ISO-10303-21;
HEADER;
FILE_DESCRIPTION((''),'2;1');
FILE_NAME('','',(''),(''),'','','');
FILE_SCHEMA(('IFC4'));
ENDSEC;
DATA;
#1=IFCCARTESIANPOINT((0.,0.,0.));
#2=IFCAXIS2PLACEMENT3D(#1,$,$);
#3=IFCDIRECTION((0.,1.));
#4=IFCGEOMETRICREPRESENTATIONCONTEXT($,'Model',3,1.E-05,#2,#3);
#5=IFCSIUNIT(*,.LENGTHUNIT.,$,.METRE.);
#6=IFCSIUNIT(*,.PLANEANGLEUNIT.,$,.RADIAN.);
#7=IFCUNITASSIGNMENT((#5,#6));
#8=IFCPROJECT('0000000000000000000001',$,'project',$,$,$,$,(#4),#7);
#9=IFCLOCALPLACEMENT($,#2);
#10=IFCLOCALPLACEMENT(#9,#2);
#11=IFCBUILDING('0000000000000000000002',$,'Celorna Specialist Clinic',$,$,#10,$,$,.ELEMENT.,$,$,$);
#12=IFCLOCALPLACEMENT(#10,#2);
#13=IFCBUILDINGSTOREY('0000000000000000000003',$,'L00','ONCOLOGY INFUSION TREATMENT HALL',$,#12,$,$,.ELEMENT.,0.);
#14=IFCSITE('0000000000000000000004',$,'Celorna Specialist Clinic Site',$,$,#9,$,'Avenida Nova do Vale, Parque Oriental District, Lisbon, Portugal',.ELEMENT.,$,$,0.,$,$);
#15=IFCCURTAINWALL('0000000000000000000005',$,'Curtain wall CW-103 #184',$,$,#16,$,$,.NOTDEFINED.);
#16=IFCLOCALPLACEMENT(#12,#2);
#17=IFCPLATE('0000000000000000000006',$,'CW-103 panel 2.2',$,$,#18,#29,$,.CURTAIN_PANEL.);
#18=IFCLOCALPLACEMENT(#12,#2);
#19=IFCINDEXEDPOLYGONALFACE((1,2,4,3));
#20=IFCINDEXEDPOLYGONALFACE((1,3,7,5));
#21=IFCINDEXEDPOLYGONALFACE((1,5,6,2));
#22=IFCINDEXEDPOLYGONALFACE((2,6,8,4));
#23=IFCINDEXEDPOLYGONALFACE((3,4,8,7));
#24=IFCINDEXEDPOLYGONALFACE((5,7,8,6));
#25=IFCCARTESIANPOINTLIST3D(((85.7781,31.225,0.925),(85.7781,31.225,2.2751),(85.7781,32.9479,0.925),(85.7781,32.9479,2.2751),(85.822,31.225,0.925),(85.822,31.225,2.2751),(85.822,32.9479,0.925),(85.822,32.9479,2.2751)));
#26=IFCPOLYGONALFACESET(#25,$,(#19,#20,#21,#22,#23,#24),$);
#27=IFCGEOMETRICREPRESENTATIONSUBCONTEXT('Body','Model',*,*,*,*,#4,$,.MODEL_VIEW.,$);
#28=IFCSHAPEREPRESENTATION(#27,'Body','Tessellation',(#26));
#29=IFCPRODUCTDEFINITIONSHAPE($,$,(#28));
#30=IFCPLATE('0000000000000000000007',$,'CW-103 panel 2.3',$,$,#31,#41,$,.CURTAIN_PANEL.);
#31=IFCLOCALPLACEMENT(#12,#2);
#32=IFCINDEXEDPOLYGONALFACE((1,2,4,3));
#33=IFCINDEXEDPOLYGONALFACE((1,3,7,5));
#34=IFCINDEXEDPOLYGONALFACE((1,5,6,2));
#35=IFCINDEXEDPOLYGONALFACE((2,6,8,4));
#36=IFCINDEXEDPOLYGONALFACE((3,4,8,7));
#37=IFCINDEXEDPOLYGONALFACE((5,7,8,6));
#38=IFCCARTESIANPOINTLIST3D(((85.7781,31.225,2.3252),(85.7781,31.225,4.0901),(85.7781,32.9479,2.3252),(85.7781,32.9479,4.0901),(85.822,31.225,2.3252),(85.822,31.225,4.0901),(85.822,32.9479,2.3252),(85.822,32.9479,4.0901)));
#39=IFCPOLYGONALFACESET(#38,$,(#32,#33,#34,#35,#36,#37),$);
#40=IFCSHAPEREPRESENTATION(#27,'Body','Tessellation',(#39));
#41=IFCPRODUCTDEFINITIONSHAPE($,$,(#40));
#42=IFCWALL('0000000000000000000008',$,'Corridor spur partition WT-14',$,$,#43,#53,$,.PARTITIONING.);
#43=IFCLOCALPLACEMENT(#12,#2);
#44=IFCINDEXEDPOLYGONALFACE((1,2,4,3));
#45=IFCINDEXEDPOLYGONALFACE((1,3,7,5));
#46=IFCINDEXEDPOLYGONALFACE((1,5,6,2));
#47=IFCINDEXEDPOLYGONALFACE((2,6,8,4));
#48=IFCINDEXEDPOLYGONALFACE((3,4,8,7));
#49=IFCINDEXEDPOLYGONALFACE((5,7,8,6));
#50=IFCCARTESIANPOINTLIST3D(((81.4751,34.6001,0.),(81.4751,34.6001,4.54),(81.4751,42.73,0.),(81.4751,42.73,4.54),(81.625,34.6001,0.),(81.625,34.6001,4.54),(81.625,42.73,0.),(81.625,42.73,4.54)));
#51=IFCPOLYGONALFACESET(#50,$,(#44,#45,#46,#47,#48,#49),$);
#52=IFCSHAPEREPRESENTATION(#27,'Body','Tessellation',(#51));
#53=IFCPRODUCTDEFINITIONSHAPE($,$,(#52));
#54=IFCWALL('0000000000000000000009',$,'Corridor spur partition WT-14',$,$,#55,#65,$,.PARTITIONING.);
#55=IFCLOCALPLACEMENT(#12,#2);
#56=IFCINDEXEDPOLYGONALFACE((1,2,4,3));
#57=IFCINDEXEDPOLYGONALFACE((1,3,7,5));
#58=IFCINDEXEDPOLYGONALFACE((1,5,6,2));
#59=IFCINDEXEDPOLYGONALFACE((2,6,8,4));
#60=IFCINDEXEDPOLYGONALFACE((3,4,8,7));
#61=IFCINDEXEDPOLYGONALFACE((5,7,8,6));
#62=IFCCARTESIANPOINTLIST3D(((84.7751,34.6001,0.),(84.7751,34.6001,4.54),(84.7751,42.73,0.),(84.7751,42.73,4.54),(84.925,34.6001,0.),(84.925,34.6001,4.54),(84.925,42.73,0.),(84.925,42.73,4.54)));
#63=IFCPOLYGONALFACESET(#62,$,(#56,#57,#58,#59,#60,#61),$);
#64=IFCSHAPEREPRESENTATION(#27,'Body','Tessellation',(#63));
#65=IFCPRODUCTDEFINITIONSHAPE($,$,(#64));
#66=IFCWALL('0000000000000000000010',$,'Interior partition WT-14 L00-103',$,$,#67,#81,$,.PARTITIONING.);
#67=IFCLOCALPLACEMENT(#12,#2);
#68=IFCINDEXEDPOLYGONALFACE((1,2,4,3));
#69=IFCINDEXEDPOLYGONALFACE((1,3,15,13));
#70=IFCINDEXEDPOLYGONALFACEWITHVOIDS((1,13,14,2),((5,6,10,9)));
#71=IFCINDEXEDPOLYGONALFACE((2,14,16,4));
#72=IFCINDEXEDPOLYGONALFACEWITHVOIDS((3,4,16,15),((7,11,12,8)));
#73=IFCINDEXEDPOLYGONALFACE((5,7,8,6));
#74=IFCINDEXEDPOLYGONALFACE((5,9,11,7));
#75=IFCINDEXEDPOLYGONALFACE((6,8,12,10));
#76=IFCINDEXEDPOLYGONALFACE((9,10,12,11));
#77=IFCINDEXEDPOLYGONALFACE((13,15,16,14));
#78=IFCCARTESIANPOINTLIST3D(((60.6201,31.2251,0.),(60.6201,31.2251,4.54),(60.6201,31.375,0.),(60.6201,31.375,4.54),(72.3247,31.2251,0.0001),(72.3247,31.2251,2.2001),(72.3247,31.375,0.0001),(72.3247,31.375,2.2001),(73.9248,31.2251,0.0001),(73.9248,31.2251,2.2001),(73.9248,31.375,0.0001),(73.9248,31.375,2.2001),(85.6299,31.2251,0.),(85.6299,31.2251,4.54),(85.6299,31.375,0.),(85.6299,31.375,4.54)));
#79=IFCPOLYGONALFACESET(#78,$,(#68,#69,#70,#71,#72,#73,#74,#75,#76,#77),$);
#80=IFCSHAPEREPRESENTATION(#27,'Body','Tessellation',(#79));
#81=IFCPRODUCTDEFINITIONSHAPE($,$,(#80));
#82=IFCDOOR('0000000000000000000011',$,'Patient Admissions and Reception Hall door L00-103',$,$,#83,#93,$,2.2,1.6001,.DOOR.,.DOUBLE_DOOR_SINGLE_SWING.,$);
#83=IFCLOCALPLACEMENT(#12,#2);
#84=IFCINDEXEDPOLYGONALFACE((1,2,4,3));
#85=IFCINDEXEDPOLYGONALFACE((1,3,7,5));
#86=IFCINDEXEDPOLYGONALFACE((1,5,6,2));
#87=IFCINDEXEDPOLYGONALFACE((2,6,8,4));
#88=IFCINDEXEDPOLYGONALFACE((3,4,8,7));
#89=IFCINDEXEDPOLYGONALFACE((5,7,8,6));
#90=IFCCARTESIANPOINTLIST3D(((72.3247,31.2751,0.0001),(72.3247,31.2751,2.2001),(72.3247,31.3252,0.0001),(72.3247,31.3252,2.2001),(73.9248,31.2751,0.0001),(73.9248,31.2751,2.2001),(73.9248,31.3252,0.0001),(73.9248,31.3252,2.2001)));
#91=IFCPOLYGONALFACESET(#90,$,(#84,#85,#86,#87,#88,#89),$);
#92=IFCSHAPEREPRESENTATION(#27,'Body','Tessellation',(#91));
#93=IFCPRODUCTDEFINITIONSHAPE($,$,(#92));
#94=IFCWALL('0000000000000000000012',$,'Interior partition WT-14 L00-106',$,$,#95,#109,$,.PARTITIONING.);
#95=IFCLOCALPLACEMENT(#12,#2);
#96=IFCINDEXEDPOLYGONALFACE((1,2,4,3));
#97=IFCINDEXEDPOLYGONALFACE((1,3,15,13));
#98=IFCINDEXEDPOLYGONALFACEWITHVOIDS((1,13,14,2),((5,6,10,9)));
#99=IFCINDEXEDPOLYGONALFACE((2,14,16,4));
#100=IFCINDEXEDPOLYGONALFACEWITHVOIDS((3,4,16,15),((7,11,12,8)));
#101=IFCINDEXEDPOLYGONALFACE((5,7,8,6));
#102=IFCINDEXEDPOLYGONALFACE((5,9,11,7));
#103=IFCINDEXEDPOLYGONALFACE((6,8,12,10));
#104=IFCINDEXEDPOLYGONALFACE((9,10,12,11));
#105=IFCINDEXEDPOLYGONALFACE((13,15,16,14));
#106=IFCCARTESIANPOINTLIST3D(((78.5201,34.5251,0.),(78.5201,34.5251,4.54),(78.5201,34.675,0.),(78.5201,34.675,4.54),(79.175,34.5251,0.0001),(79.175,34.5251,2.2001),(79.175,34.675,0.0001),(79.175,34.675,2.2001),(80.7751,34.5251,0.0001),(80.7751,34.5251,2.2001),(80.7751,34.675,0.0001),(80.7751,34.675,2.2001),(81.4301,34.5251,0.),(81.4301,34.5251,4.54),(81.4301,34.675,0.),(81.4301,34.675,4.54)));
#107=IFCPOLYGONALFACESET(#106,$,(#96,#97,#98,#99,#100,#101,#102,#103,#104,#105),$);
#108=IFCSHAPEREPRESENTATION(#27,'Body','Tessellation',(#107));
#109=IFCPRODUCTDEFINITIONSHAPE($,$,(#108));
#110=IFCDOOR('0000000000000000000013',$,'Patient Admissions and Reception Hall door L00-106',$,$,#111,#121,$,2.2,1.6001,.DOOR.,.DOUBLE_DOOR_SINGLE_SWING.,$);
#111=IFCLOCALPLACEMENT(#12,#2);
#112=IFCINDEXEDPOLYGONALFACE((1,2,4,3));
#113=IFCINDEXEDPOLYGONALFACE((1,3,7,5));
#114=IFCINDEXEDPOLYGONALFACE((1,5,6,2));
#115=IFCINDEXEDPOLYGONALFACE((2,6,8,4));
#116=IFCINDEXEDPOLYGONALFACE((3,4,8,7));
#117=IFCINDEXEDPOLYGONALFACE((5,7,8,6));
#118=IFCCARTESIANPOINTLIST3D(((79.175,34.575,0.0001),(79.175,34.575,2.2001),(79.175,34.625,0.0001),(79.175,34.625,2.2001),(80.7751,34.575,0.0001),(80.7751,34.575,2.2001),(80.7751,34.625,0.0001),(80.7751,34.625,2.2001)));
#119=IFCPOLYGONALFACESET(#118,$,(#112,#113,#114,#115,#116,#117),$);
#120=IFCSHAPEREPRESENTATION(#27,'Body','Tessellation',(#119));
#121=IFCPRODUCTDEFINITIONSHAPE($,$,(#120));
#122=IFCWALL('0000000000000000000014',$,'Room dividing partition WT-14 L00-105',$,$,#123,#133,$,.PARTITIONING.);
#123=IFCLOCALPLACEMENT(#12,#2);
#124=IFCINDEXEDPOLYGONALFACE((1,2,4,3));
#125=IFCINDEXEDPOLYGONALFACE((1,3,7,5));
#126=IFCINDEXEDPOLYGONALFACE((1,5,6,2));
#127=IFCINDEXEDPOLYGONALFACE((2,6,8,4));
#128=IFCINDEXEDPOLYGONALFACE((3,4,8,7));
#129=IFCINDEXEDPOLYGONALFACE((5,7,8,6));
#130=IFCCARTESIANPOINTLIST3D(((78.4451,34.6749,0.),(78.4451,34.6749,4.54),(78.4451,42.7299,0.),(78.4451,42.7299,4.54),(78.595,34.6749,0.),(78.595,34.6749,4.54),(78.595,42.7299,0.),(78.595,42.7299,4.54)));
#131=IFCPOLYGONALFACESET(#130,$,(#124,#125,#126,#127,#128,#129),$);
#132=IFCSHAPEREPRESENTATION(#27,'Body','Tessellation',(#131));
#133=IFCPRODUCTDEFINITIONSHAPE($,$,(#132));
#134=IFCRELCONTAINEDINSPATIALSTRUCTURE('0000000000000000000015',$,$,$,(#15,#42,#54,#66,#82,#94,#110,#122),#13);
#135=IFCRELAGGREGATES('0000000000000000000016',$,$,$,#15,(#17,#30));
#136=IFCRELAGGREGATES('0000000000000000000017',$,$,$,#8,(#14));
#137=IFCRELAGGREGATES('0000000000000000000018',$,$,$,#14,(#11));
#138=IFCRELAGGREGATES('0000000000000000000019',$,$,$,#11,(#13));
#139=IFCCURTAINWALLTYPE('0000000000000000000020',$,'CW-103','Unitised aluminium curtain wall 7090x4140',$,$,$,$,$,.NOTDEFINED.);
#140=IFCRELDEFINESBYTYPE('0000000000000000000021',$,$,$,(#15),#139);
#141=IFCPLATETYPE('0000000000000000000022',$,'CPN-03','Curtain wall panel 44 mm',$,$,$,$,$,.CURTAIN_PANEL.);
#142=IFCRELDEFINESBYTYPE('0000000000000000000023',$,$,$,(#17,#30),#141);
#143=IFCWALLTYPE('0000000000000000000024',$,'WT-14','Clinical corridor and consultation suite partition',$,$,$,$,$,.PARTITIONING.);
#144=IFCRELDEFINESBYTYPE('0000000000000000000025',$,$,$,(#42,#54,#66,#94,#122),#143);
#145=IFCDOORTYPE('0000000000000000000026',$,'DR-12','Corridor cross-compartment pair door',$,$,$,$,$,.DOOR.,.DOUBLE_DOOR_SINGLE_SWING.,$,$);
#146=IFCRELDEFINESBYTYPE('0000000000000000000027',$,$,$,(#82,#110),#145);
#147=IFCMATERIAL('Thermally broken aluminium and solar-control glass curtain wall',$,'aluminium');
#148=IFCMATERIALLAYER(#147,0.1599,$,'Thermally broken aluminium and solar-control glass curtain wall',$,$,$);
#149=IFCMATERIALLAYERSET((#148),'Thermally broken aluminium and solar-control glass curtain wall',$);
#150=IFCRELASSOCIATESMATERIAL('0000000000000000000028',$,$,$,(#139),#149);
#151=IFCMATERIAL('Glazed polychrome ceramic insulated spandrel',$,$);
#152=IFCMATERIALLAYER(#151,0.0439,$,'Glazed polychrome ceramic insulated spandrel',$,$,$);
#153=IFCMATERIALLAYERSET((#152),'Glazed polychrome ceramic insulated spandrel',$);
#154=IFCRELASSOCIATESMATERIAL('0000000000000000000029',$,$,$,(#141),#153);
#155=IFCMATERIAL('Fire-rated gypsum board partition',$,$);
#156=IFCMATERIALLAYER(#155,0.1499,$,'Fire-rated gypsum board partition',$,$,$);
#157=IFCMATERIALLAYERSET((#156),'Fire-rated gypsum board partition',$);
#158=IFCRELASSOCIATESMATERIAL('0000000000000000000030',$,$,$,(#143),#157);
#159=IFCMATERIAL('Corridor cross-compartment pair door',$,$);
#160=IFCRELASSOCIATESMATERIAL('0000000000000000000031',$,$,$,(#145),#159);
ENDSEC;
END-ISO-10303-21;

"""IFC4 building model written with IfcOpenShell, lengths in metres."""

from ifc_helpers import new_model, si_unit, direction, frame, frame_2d, origin, origin_2d, place, context, subcontext, project, spatial, rectangle, extrude, material, layer, layer_set, type_object, element, fill, aggregate, save


model = new_model("IFC4")

# Units and contexts
model_context = context("Model", 3, precision=1e-05, world=origin(), true_north=direction((0.0, 1.0)))
body_context = subcontext(model_context, "Body", "Model", "MODEL_VIEW")
ifc_project = project(units=[si_unit("LENGTHUNIT", "METRE"), si_unit("PLANEANGLEUNIT", "RADIAN")], contexts=[model_context])

# Site, building, storey
site_placement = place(None, origin())
site = spatial("IfcSite", under=ifc_project, at=site_placement, Name="Celorna Specialist Clinic Site", LongName="Avenida Nova do Vale, Parque Oriental District, Lisbon, Portugal", CompositionType="ELEMENT", RefElevation=0.0)
building_placement = place(site_placement, origin())
building = spatial("IfcBuilding", under=site, at=building_placement, Name="Celorna Specialist Clinic", CompositionType="ELEMENT")
storey_placement = place(building_placement, origin())
storey = spatial("IfcBuildingStorey", under=building, at=storey_placement, Name="L00", Description="ONCOLOGY INFUSION TREATMENT HALL", CompositionType="ELEMENT", Elevation=0.0)

# Curtain wall, plates
ifc_material_1 = material(Name="Thermally broken aluminium and solar-control glass curtain wall", Category="aluminium")
ifc_layer_1 = layer(ifc_material_1, 0.1599, Name="Thermally broken aluminium and solar-control glass curtain wall")
ifc_layer_set_1 = layer_set([ifc_layer_1], Name="Thermally broken aluminium and solar-control glass curtain wall")
curtain_wall_type = type_object("IfcCurtainWallType", Name="CW-103", Description="Unitised aluminium curtain wall 7090x4140", PredefinedType="NOTDEFINED", material=ifc_layer_set_1)
curtain_wall_placement = place(storey_placement, origin())
curtain_wall = element("IfcCurtainWall", 1, at=curtain_wall_placement, inside=storey, type_object=curtain_wall_type, Name="Curtain wall CW-103 #184", PredefinedType="NOTDEFINED")
ifc_material_2 = material(Name="Glazed polychrome ceramic insulated spandrel")
ifc_layer_2 = layer(ifc_material_2, 0.0439, Name="Glazed polychrome ceramic insulated spandrel")
ifc_layer_set_2 = layer_set([ifc_layer_2], Name="Glazed polychrome ceramic insulated spandrel")
plate_type = type_object("IfcPlateType", Name="CPN-03", Description="Curtain wall panel 44 mm", PredefinedType="CURTAIN_PANEL", material=ifc_layer_set_2)
plate_1_placement = place(storey_placement, frame((85.8, 32.0864, 0.925), z_axis=(0.0, 0.0, 1.0), x_axis=(0.0, -1.0, 0.0)))
plate_1 = element("IfcPlate", 2, at=plate_1_placement, type_object=plate_type, Name="CW-103 panel 2.2", PredefinedType="CURTAIN_PANEL", context=body_context, shape_type="SweptSolid", body=[
    extrude(rectangle(XDim=1.7229, YDim=0.0439, at=origin_2d()), origin(), (0.0, 0.0, 1.0), 1.3501),
])
plate_2_placement = place(storey_placement, frame((85.8, 32.0864, 2.3252), z_axis=(0.0, 0.0, 1.0), x_axis=(0.0, -1.0, 0.0)))
plate_2 = element("IfcPlate", 3, at=plate_2_placement, type_object=plate_type, Name="CW-103 panel 2.3", PredefinedType="CURTAIN_PANEL", context=body_context, shape_type="SweptSolid", body=[
    extrude(rectangle(XDim=1.7229, YDim=0.0439, at=origin_2d()), origin(), (0.0, 0.0, 1.0), 1.7649),
])
aggregate(curtain_wall, [plate_1, plate_2])

# Walls
ifc_material_3 = material(Name="Fire-rated gypsum board partition")
ifc_layer_3 = layer(ifc_material_3, 0.1499, Name="Fire-rated gypsum board partition")
ifc_layer_set_3 = layer_set([ifc_layer_3], Name="Fire-rated gypsum board partition")
wall_type = type_object("IfcWallType", Name="WT-14", Description="Clinical corridor and consultation suite partition", PredefinedType="PARTITIONING", material=ifc_layer_set_3)
for number, where, z_axis, x_axis, name in (
    (4, (81.55, 34.6001, 0.0), (0.0, 0.0, 1.0), (0.0, 1.0, 0.0), "Corridor spur partition WT-14"),
    (5, (84.8501, 34.6001, 0.0), (0.0, 0.0, 1.0), (0.0, 1.0, 0.0), "Corridor spur partition WT-14"),
):
    element("IfcWall", number, at=place(storey_placement, frame(where, z_axis=z_axis, x_axis=x_axis)), inside=storey, type_object=wall_type, Name=name, PredefinedType="PARTITIONING", context=body_context, shape_type="SweptSolid", body=[
        extrude(rectangle(XDim=8.1299, YDim=0.1499, at=frame_2d((4.0649, 0.0))), origin(), (0.0, 0.0, 1.0), 4.54),
    ])

# Walls, openings, doors
wall_1_placement = place(storey_placement, frame((85.6299, 31.3, 0.0), z_axis=(0.0, 0.0, 1.0), x_axis=(-1.0, 0.0, 0.0)))
wall_1 = element("IfcWall", 6, at=wall_1_placement, inside=storey, type_object=wall_type, Name="Interior partition WT-14 L00-103", PredefinedType="PARTITIONING", context=body_context, shape_type="SweptSolid", body=[
    extrude(rectangle(XDim=25.0098, YDim=0.1499, at=frame_2d((12.5049, 0.0))), origin(), (0.0, 0.0, 1.0), 4.54),
])
opening_1_placement = place(wall_1_placement, frame((11.7051, 0.0, 0.0)))
opening_1 = element("IfcOpeningElement", 7, at=opening_1_placement, cuts=wall_1, PredefinedType="OPENING", context=body_context, shape_type="SweptSolid", body=[
    extrude(rectangle(XDim=1.6001, YDim=2.2, at=frame_2d((0.8, 1.1001))), frame((0.0, 0.085, 0.0), z_axis=(0.0, -1.0, 0.0), x_axis=(1.0, 0.0, 0.0)), (0.0, 0.0, 1.0), 0.1699),
])
ifc_material_4 = material(Name="Corridor cross-compartment pair door")
door_type = type_object("IfcDoorType", Name="DR-12", Description="Corridor cross-compartment pair door", OperationType="DOUBLE_DOOR_SINGLE_SWING", PredefinedType="DOOR", material=ifc_material_4)
door_1_placement = place(opening_1_placement, origin())
door_1 = element("IfcDoor", 8, at=door_1_placement, inside=storey, type_object=door_type, Name="Patient Admissions and Reception Hall door L00-103", OperationType="DOUBLE_DOOR_SINGLE_SWING", OverallHeight=2.2, OverallWidth=1.6001, PredefinedType="DOOR", context=body_context, shape_type="SweptSolid", body=[
    extrude(rectangle(XDim=1.6001, YDim=2.2, at=frame_2d((0.8, 1.1001))), frame((0.0, 0.0249, 0.0), z_axis=(0.0, -1.0, 0.0), x_axis=(1.0, 0.0, 0.0)), (0.0, 0.0, 1.0), 0.05),
])
fill(opening_1, door_1)
wall_2_placement = place(storey_placement, frame((78.52, 34.6001, 0.0), z_axis=(0.0, 0.0, 1.0), x_axis=(1.0, 0.0, 0.0)))
wall_2 = element("IfcWall", 9, at=wall_2_placement, inside=storey, type_object=wall_type, Name="Interior partition WT-14 L00-106", PredefinedType="PARTITIONING", context=body_context, shape_type="SweptSolid", body=[
    extrude(rectangle(XDim=2.9099, YDim=0.1499, at=frame_2d((1.4551, 0.0))), origin(), (0.0, 0.0, 1.0), 4.54),
])
opening_2_placement = place(wall_2_placement, frame((0.655, 0.0, 0.0)))
opening_2 = element("IfcOpeningElement", 10, at=opening_2_placement, cuts=wall_2, PredefinedType="OPENING", context=body_context, shape_type="SweptSolid", body=[
    extrude(rectangle(XDim=1.6001, YDim=2.2, at=frame_2d((0.8, 1.1001))), frame((0.0, 0.085, 0.0), z_axis=(0.0, -1.0, 0.0), x_axis=(1.0, 0.0, 0.0)), (0.0, 0.0, 1.0), 0.1699),
])
door_2_placement = place(opening_2_placement, origin())
door_2 = element("IfcDoor", 11, at=door_2_placement, inside=storey, type_object=door_type, Name="Patient Admissions and Reception Hall door L00-106", OperationType="DOUBLE_DOOR_SINGLE_SWING", OverallHeight=2.2, OverallWidth=1.6001, PredefinedType="DOOR", context=body_context, shape_type="SweptSolid", body=[
    extrude(rectangle(XDim=1.6001, YDim=2.2, at=frame_2d((0.8, 1.1001))), frame((0.0, 0.0249, 0.0), z_axis=(0.0, -1.0, 0.0), x_axis=(1.0, 0.0, 0.0)), (0.0, 0.0, 1.0), 0.05),
])
fill(opening_2, door_2)

# Wall
wall_3_placement = place(storey_placement, frame((78.52, 34.675, 0.0), z_axis=(0.0, 0.0, 1.0), x_axis=(0.0, 1.0, 0.0)))
element("IfcWall", 12, at=wall_3_placement, inside=storey, type_object=wall_type, Name="Room dividing partition WT-14 L00-105", PredefinedType="PARTITIONING", context=body_context, shape_type="SweptSolid", body=[
    extrude(rectangle(XDim=8.0549, YDim=0.1499, at=frame_2d((4.0273, 0.0))), origin(), (0.0, 0.0, 1.0), 4.54),
])

save(model, "model.ifc")
